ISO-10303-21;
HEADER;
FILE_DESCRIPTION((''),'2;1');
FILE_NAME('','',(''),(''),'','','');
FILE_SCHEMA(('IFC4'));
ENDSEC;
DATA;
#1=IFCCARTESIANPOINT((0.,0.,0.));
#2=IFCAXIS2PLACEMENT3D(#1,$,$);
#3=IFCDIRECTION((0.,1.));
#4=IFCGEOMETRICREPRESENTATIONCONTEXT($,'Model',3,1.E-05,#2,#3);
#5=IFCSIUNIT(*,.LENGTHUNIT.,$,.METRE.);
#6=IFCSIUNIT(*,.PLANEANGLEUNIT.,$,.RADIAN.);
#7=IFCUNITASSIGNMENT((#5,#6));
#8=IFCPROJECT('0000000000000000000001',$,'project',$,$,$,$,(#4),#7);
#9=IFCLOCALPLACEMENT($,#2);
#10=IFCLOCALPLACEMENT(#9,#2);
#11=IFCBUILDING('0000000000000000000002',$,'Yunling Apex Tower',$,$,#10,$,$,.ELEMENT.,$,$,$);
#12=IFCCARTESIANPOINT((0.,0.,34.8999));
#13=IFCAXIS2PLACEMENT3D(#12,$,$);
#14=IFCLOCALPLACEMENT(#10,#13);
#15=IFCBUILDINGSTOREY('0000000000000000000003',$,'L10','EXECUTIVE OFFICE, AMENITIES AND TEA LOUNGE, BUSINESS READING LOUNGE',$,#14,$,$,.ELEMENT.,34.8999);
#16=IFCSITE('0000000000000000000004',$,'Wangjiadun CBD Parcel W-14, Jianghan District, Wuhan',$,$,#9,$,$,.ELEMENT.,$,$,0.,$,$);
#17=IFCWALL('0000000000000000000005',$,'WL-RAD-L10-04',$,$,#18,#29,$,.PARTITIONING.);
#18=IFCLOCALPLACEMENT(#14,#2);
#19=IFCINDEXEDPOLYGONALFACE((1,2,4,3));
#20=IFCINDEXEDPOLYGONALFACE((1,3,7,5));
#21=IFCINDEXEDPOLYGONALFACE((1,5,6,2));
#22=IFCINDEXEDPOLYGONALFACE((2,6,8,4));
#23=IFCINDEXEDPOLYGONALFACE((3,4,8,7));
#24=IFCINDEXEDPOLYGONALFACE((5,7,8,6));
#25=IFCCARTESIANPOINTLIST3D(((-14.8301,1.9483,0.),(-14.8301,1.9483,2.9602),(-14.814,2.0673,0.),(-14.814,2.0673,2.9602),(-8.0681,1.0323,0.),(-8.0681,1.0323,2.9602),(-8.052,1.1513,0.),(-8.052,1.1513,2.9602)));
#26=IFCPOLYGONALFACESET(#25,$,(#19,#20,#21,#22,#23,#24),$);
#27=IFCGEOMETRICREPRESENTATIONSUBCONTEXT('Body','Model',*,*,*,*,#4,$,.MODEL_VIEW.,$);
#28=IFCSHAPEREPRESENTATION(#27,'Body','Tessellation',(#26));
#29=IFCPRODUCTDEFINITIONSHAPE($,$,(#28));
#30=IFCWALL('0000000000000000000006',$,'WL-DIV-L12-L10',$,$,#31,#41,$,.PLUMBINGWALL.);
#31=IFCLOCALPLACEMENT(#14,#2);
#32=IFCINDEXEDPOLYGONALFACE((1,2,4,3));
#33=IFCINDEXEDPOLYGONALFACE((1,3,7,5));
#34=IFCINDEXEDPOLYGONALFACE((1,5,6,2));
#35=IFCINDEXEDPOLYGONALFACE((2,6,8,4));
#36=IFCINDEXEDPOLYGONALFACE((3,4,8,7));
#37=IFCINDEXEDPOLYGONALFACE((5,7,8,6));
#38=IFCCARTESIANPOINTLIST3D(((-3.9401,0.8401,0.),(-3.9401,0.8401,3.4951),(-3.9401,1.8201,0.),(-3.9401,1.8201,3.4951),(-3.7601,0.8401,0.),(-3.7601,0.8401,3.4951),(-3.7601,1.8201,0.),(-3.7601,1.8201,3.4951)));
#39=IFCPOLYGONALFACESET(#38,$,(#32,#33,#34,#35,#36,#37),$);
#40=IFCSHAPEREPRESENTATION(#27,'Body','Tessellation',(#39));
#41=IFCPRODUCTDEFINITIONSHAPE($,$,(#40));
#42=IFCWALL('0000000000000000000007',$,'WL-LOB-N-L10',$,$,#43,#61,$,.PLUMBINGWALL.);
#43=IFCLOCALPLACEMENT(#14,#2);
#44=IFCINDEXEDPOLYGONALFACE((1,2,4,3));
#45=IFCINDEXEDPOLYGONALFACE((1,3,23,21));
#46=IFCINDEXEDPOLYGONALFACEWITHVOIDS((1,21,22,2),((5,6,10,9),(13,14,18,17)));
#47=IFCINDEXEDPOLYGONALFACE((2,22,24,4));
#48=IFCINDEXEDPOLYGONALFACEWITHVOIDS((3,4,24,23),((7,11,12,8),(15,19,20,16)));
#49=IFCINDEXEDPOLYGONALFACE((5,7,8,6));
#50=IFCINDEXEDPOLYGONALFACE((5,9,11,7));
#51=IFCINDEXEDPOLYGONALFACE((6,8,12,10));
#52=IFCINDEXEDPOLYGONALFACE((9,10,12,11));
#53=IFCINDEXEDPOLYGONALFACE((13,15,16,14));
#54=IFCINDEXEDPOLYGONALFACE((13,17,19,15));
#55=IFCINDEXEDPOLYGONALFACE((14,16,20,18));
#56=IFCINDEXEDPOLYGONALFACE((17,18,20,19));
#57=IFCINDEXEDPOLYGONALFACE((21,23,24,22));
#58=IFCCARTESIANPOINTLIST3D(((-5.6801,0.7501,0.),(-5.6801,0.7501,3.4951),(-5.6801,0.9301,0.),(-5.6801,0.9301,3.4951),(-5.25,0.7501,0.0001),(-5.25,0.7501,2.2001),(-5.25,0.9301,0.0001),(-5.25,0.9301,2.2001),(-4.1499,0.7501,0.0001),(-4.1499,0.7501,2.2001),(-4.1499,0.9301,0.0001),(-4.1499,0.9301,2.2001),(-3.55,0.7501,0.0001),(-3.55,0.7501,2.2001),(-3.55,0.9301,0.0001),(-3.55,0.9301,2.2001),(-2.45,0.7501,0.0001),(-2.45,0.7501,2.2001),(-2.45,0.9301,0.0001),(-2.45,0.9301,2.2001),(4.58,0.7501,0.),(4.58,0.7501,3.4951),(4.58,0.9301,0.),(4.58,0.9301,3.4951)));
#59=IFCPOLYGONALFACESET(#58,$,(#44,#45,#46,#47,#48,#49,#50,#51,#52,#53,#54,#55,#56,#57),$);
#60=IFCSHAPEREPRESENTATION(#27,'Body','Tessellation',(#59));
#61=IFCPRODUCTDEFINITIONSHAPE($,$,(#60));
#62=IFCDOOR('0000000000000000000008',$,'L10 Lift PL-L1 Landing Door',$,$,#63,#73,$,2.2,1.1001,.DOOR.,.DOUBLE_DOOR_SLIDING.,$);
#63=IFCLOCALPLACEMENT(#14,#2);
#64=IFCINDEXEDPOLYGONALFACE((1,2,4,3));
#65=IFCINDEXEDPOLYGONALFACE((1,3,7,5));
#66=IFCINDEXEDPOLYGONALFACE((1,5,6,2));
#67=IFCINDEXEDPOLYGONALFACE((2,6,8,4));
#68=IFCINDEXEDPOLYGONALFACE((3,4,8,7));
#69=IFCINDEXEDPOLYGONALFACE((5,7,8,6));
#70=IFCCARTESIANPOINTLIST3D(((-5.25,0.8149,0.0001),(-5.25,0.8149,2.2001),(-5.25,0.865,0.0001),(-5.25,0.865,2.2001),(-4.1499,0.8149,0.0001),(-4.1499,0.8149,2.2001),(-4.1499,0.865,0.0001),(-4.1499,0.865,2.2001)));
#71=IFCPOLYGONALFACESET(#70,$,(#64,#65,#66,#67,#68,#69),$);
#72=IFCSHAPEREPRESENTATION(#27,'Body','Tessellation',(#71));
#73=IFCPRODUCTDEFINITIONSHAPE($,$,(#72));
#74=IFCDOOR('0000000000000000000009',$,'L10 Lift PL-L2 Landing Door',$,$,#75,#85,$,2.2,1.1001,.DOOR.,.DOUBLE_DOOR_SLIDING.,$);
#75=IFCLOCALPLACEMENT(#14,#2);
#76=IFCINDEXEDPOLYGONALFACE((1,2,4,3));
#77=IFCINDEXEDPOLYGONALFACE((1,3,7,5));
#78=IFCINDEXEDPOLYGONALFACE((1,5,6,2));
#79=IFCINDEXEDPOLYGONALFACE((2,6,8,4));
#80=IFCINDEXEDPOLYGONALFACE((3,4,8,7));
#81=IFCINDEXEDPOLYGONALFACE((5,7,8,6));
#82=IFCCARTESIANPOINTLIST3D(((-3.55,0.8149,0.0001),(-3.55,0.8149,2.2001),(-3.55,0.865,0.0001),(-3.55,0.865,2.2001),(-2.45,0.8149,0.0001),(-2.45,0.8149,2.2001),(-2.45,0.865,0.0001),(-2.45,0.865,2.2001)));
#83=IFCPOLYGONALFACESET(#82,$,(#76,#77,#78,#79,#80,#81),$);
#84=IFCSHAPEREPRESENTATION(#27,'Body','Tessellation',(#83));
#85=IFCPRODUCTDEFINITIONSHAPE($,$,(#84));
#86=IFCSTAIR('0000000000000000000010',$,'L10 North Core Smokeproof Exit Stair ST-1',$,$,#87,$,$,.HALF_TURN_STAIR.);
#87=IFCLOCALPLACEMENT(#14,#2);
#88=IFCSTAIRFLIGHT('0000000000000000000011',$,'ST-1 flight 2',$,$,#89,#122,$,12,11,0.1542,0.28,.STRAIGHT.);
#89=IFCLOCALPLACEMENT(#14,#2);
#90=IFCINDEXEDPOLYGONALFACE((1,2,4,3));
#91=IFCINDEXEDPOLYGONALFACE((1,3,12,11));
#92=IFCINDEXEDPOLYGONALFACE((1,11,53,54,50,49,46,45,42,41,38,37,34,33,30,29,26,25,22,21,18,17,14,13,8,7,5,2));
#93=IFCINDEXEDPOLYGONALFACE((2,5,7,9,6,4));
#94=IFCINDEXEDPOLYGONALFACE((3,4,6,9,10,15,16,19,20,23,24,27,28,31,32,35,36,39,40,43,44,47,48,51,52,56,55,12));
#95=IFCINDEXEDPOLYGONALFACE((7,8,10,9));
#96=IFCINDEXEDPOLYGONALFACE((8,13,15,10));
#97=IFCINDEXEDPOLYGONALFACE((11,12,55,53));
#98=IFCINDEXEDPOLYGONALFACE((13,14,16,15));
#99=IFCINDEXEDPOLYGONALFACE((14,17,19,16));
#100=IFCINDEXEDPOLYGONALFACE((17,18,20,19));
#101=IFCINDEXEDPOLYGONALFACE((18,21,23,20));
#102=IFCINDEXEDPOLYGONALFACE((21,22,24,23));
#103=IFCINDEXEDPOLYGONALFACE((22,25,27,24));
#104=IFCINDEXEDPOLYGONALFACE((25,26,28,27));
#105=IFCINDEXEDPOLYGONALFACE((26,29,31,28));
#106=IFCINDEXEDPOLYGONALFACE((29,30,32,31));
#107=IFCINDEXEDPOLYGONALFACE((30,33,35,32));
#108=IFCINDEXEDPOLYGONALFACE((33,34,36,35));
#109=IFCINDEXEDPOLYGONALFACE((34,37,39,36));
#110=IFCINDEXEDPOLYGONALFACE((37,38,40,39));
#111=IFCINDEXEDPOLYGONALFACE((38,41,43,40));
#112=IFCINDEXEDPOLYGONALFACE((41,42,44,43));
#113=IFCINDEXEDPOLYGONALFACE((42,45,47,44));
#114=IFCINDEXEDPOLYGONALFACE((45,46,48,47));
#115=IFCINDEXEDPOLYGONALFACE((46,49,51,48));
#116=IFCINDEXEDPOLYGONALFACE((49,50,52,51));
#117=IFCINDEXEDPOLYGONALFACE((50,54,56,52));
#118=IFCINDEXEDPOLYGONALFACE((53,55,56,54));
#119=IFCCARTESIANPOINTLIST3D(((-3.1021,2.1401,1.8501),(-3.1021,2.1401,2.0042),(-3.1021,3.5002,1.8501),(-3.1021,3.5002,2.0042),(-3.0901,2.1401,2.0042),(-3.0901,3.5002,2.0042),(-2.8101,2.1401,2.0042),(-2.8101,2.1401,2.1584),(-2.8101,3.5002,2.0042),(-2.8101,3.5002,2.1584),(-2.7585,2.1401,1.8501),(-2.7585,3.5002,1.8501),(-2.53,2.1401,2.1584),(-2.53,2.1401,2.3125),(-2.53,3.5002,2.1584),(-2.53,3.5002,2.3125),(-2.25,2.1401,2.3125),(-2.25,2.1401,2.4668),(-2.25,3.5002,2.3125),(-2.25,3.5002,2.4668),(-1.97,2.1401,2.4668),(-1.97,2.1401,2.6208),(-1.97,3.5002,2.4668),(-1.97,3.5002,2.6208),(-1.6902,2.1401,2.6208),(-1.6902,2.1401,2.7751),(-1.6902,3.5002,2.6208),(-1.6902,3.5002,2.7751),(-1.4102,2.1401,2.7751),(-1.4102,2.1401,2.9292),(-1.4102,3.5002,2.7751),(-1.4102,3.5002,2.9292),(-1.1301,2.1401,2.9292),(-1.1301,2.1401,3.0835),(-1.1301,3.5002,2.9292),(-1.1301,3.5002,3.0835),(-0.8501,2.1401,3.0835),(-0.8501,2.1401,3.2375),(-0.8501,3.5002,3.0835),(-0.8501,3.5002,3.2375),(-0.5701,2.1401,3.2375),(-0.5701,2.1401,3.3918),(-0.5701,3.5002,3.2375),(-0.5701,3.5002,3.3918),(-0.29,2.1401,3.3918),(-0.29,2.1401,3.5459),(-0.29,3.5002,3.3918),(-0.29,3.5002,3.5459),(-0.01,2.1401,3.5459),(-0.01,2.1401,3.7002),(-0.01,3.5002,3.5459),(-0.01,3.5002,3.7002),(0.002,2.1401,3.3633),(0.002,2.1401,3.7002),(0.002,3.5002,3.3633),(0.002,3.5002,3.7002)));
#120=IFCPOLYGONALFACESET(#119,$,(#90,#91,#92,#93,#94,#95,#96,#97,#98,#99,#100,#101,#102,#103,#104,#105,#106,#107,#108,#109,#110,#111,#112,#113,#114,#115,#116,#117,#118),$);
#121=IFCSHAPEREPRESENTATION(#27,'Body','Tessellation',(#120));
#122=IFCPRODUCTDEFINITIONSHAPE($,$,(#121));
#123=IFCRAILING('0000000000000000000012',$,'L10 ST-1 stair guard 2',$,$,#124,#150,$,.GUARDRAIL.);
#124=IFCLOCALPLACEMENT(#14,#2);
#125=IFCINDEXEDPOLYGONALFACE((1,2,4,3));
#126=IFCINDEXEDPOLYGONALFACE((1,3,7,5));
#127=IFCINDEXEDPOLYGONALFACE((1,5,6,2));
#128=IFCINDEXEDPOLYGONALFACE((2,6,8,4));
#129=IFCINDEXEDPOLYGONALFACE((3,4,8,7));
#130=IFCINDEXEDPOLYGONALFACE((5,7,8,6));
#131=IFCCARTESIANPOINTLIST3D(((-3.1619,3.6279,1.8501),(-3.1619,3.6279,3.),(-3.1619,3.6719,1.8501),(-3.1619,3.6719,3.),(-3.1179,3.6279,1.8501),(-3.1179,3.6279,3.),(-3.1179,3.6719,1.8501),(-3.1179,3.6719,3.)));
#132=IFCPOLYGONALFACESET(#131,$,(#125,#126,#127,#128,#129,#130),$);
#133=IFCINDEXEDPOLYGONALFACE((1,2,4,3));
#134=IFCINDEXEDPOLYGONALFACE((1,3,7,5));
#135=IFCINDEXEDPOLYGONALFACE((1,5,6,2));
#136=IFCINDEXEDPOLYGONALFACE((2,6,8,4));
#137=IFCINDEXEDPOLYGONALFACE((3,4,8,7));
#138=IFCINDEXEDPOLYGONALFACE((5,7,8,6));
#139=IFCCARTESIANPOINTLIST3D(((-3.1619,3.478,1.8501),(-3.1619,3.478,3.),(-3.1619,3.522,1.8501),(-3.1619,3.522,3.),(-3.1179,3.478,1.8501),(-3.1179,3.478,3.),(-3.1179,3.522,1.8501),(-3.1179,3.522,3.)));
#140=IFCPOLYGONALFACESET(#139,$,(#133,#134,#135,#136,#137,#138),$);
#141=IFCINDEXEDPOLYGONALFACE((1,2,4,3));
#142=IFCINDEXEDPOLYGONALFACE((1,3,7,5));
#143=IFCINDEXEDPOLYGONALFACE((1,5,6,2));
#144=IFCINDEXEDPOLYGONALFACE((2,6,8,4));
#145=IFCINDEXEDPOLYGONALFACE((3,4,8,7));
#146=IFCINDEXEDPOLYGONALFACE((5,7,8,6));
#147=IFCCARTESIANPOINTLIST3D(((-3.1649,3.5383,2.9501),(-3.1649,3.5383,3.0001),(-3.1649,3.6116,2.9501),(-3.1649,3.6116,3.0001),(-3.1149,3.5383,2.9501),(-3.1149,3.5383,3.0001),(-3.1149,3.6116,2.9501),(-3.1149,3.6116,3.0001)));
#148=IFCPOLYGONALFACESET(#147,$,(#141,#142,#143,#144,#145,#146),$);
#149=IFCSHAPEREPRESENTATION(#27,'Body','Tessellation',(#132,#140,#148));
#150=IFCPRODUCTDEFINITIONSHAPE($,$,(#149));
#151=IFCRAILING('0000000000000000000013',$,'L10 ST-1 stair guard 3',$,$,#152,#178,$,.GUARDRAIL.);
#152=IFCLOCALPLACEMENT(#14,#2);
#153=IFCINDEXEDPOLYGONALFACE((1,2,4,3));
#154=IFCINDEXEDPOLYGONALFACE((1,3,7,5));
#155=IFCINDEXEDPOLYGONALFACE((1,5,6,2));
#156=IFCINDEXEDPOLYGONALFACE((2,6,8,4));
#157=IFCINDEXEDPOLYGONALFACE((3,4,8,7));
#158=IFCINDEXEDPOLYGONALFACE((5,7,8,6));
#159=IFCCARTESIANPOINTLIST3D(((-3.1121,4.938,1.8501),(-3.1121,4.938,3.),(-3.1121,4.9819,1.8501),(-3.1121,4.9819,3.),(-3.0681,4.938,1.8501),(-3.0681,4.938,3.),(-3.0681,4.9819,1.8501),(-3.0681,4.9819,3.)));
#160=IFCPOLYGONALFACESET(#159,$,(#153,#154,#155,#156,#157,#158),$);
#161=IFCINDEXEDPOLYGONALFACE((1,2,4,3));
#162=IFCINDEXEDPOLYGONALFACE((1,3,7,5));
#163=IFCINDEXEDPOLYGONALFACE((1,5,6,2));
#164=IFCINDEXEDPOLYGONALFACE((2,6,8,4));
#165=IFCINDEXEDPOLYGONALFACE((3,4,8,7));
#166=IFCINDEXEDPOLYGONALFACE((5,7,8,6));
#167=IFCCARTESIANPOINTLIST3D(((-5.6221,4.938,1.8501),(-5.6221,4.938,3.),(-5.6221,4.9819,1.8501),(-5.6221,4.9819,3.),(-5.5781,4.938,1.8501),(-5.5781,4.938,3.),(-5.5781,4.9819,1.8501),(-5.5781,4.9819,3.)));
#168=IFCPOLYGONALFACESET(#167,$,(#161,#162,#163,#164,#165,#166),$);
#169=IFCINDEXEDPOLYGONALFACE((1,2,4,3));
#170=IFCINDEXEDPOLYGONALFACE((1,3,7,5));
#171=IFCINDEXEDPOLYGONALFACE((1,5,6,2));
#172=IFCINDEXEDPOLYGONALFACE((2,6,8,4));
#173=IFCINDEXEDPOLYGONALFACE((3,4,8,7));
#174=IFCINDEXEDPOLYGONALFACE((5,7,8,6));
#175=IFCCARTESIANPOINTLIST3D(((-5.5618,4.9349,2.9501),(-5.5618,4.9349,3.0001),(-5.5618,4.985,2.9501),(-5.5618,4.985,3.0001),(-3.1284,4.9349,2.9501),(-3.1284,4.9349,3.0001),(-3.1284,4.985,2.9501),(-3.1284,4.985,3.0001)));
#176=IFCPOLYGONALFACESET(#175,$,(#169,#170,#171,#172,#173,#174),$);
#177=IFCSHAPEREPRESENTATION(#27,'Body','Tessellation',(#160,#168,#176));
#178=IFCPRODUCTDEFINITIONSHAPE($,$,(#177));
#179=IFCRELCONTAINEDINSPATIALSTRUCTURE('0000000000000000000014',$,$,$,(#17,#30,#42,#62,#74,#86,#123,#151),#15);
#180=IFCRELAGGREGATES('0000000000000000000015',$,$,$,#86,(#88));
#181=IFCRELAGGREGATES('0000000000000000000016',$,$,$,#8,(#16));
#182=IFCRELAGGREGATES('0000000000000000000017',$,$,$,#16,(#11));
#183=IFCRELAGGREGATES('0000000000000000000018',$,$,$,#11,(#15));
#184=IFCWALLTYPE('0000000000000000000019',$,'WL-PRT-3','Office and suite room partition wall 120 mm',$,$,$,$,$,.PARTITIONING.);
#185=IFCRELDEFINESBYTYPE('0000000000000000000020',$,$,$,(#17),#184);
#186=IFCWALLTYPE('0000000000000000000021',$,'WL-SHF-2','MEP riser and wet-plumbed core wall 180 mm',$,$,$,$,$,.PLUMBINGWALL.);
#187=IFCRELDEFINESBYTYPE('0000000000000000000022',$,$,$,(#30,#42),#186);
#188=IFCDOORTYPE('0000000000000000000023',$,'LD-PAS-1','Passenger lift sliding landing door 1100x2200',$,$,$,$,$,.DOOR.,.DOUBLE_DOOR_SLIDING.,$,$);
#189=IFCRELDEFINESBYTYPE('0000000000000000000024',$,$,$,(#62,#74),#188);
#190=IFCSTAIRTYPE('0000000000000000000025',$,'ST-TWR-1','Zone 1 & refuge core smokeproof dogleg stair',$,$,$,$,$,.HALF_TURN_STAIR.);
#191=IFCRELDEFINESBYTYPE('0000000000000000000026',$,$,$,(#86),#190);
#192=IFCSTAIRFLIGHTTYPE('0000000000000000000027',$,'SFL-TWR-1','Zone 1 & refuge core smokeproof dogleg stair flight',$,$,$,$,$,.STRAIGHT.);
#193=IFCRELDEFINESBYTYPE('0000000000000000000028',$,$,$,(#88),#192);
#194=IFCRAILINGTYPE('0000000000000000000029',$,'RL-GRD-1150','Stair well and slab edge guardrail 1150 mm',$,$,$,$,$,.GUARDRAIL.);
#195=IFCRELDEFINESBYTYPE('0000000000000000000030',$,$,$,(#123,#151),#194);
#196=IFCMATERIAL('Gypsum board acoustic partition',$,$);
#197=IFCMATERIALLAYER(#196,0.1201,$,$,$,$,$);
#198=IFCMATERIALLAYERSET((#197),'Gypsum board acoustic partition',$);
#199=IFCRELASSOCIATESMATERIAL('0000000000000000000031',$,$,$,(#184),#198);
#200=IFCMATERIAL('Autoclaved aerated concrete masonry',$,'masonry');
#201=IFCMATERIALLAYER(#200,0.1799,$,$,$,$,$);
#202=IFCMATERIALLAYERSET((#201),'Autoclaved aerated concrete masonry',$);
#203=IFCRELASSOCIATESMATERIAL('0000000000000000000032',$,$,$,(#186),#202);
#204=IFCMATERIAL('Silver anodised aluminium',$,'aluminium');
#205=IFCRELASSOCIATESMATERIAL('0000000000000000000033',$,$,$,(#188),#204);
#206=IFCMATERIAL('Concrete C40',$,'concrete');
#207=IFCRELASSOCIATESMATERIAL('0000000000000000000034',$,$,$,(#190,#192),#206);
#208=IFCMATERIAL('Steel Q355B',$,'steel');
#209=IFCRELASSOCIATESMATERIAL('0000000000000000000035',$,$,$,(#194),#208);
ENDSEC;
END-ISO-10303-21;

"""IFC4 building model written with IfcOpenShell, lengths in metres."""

from ifc_helpers import new_model, si_unit, direction, frame, frame_2d, origin, origin_2d, place, context, subcontext, project, spatial, polyline, rectangle, outline, extrude, material, layer, layer_set, type_object, element, fill, aggregate, save


model = new_model("IFC4")

# Units and contexts
model_context = context("Model", 3, precision=1e-05, world=origin(), true_north=direction((0.0, 1.0)))
body_context = subcontext(model_context, "Body", "Model", "MODEL_VIEW")
ifc_project = project(units=[si_unit("LENGTHUNIT", "METRE"), si_unit("PLANEANGLEUNIT", "RADIAN")], contexts=[model_context])

# Site, building, storey
site_placement = place(None, origin())
site = spatial("IfcSite", under=ifc_project, at=site_placement, Name="Wangjiadun CBD Parcel W-14, Jianghan District, Wuhan", CompositionType="ELEMENT", RefElevation=0.0)
building_placement = place(site_placement, origin())
building = spatial("IfcBuilding", under=site, at=building_placement, Name="Yunling Apex Tower", CompositionType="ELEMENT")
storey_placement = place(building_placement, frame((0.0, 0.0, 34.8999)))
storey = spatial("IfcBuildingStorey", under=building, at=storey_placement, Name="L10", Description="EXECUTIVE OFFICE, AMENITIES AND TEA LOUNGE, BUSINESS READING LOUNGE", CompositionType="ELEMENT", Elevation=34.8999)

# Shared definitions
ifc_material_1 = material(Name="Steel Q355B", Category="steel")

# Walls
ifc_material_2 = material(Name="Concrete C40", Category="concrete")
ifc_material_3 = material(Name="Gypsum board acoustic partition")
ifc_layer_1 = layer(ifc_material_3, 0.1201)
ifc_layer_set_1 = layer_set([ifc_layer_1], Name="Gypsum board acoustic partition")
wall_type_1 = type_object("IfcWallType", Name="WL-PRT-3", Description="Office and suite room partition wall 120 mm", PredefinedType="PARTITIONING", material=ifc_layer_set_1)
wall_1_placement = place(storey_placement, frame((-8.0601, 1.0918, 0.0), z_axis=(0.0, 0.0, 1.0), x_axis=(-0.990949, 0.13424, 0.0)))
element("IfcWall", 1, at=wall_1_placement, inside=storey, type_object=wall_type_1, Name="WL-RAD-L10-04", PredefinedType="PARTITIONING", context=body_context, shape_type="SweptSolid", body=[
    extrude(rectangle(XDim=6.8237, YDim=0.1201, at=frame_2d((3.4119, 0.0))), origin(), (0.0, 0.0, 1.0), 2.9602),
])
ifc_material_4 = material(Name="Autoclaved aerated concrete masonry", Category="masonry")
ifc_layer_2 = layer(ifc_material_4, 0.1799)
ifc_layer_set_2 = layer_set([ifc_layer_2], Name="Autoclaved aerated concrete masonry")
wall_type_2 = type_object("IfcWallType", Name="WL-SHF-2", Description="MEP riser and wet-plumbed core wall 180 mm", PredefinedType="PLUMBINGWALL", material=ifc_layer_set_2)
wall_2_placement = place(storey_placement, frame((-3.8501, 0.8401, 0.0), z_axis=(0.0, 0.0, 1.0), x_axis=(0.0, 1.0, 0.0)))
element("IfcWall", 2, at=wall_2_placement, inside=storey, type_object=wall_type_2, Name="WL-DIV-L12-L10", PredefinedType="PLUMBINGWALL", context=body_context, shape_type="SweptSolid", body=[
    extrude(rectangle(XDim=0.98, YDim=0.1799, at=frame_2d((0.49, 0.0))), origin(), (0.0, 0.0, 1.0), 3.4951),
])

# Wall, openings, doors
wall_3_placement = place(storey_placement, frame((-5.6799, 0.8401, 0.0), z_axis=(0.0, 0.0, 1.0), x_axis=(1.0, 0.0, 0.0)))
wall_3 = element("IfcWall", 3, at=wall_3_placement, inside=storey, type_object=wall_type_2, Name="WL-LOB-N-L10", PredefinedType="PLUMBINGWALL", context=body_context, shape_type="SweptSolid", body=[
    extrude(rectangle(XDim=10.26, YDim=0.1799, at=frame_2d((5.1299, 0.0))), origin(), (0.0, 0.0, 1.0), 3.4951),
])
opening_1_placement = place(wall_3_placement, frame((0.4299, 0.0, 0.0)))
opening_1 = element("IfcOpeningElement", 4, at=opening_1_placement, cuts=wall_3, PredefinedType="OPENING", context=body_context, shape_type="SweptSolid", body=[
    extrude(rectangle(XDim=1.1001, YDim=2.2, at=frame_2d((0.55, 1.1001))), frame((0.0, 0.1001, 0.0), z_axis=(0.0, -1.0, 0.0), x_axis=(1.0, 0.0, 0.0)), (0.0, 0.0, 1.0), 0.2),
])
opening_2_placement = place(wall_3_placement, frame((2.1299, 0.0, 0.0)))
opening_2 = element("IfcOpeningElement", 5, at=opening_2_placement, cuts=wall_3, PredefinedType="OPENING", context=body_context, shape_type="SweptSolid", body=[
    extrude(rectangle(XDim=1.1001, YDim=2.2, at=frame_2d((0.55, 1.1001))), frame((0.0, 0.1001, 0.0), z_axis=(0.0, -1.0, 0.0), x_axis=(1.0, 0.0, 0.0)), (0.0, 0.0, 1.0), 0.2),
])
ifc_material_5 = material(Name="Silver anodised aluminium", Category="aluminium")
door_type_1 = type_object("IfcDoorType", Name="LD-PAS-1", Description="Passenger lift sliding landing door 1100x2200", OperationType="DOUBLE_DOOR_SLIDING", PredefinedType="DOOR", material=ifc_material_5)
door_1_placement = place(opening_1_placement, origin())
door_1 = element("IfcDoor", 6, at=door_1_placement, inside=storey, type_object=door_type_1, Name="L10 Lift PL-L1 Landing Door", OperationType="DOUBLE_DOOR_SLIDING", OverallHeight=2.2, OverallWidth=1.1001, PredefinedType="DOOR", context=body_context, shape_type="SweptSolid", body=[
    extrude(rectangle(XDim=1.1001, YDim=2.2, at=frame_2d((0.55, 1.1001))), frame((0.0, 0.0249, 0.0), z_axis=(0.0, -1.0, 0.0), x_axis=(1.0, 0.0, 0.0)), (0.0, 0.0, 1.0), 0.05),
])
fill(opening_1, door_1)
door_2_placement = place(opening_2_placement, origin())
door_2 = element("IfcDoor", 7, at=door_2_placement, inside=storey, type_object=door_type_1, Name="L10 Lift PL-L2 Landing Door", OperationType="DOUBLE_DOOR_SLIDING", OverallHeight=2.2, OverallWidth=1.1001, PredefinedType="DOOR", context=body_context, shape_type="SweptSolid", body=[
    extrude(rectangle(XDim=1.1001, YDim=2.2, at=frame_2d((0.55, 1.1001))), frame((0.0, 0.0249, 0.0), z_axis=(0.0, -1.0, 0.0), x_axis=(1.0, 0.0, 0.0)), (0.0, 0.0, 1.0), 0.05),
])
fill(opening_2, door_2)

# Stair, stair flight
stair_type = type_object("IfcStairType", Name="ST-TWR-1", Description="Zone 1 & refuge core smokeproof dogleg stair", PredefinedType="HALF_TURN_STAIR", material=ifc_material_2)
stair_placement = place(storey_placement, origin())
stair = element("IfcStair", 8, at=stair_placement, inside=storey, type_object=stair_type, Name="L10 North Core Smokeproof Exit Stair ST-1", PredefinedType="HALF_TURN_STAIR")
stair_flight_type = type_object("IfcStairFlightType", Name="SFL-TWR-1", Description="Zone 1 & refuge core smokeproof dogleg stair flight", PredefinedType="STRAIGHT", material=ifc_material_2)
stair_flight_placement = place(storey_placement, frame((-3.0901, 2.8201, 1.8501), z_axis=(0.0, 0.0, 1.0), x_axis=(1.0, 0.0, 0.0)))
stair_flight = element("IfcStairFlight", 9, at=stair_flight_placement, type_object=stair_flight_type, Name="ST-1 flight 2", NumberOfRisers=12, NumberOfTreads=11, PredefinedType="STRAIGHT", RiserHeight=0.1542, TreadLength=0.28, context=body_context, shape_type="SweptSolid", body=[
    extrude(outline(polyline([(-0.012, 0.0), (-0.012, 0.1541), (0.0, 0.1541), (0.28, 0.1541), (0.28, 0.3083), (0.5601, 0.3083), (0.5601, 0.4624), (0.8401, 0.4624), (0.8401, 0.6167), (1.1201, 0.6167), (1.1201, 0.7708), (1.3999, 0.7708), (1.3999, 0.925), (1.6799, 0.925), (1.6799, 1.0791), (1.96, 1.0791), (1.96, 1.2334), (2.24, 1.2334), (2.24, 1.3875), (2.52, 1.3875), (2.52, 1.5417), (2.8, 1.5417), (2.8, 1.6958), (3.0801, 1.6958), (3.0801, 1.8501), (3.092, 1.8501), (3.092, 1.5132), (0.3315, 0.0), (-0.012, 0.0)])), frame((0.0, 0.6802, 0.0), z_axis=(0.0, -1.0, 0.0), x_axis=(1.0, 0.0, 0.0)), (0.0, 0.0, 1.0), 1.3601),
])
aggregate(stair, [stair_flight])

# Railings
railing_type_1 = type_object("IfcRailingType", Name="RL-GRD-1150", Description="Stair well and slab edge guardrail 1150 mm", PredefinedType="GUARDRAIL", material=ifc_material_1)
railing_1_placement = place(storey_placement, frame((-3.1399, 3.6499, 1.8501)))
element("IfcRailing", 10, at=railing_1_placement, inside=storey, type_object=railing_type_1, Name="L10 ST-1 stair guard 2", PredefinedType="GUARDRAIL", context=body_context, shape_type="SweptSolid", body=[
    extrude(rectangle(XDim=0.0439, YDim=0.0439, at=origin_2d()), origin(), (0.0, 0.0, 1.0), 1.1499),
    extrude(rectangle(XDim=0.0439, YDim=0.0439, at=origin_2d()), frame((0.0, -0.1499, 0.0)), (0.0, 0.0, 1.0), 1.1499),
    extrude(rectangle(XDim=0.05, YDim=0.05, at=origin_2d()), frame((0.0, -0.0383, 1.125), z_axis=(0.0, -1.0, 0.0), x_axis=(1.0, 0.0, 0.0)), (0.0, 0.0, 1.0), 0.0732),
])
railing_2_placement = place(storey_placement, frame((-3.0901, 4.96, 1.8501)))
element("IfcRailing", 11, at=railing_2_placement, inside=storey, type_object=railing_type_1, Name="L10 ST-1 stair guard 3", PredefinedType="GUARDRAIL", context=body_context, shape_type="SweptSolid", body=[
    extrude(rectangle(XDim=0.0439, YDim=0.0439, at=origin_2d()), origin(), (0.0, 0.0, 1.0), 1.1499),
    extrude(rectangle(XDim=0.0439, YDim=0.0439, at=origin_2d()), frame((-2.51, 0.0, 0.0)), (0.0, 0.0, 1.0), 1.1499),
    extrude(rectangle(XDim=0.05, YDim=0.05, at=origin_2d()), frame((-0.0383, 0.0, 1.125), z_axis=(-1.0, 0.0, 0.0), x_axis=(0.0, -1.0, 0.0)), (0.0, 0.0, 1.0), 2.4333),
])

save(model, "model.ifc")
